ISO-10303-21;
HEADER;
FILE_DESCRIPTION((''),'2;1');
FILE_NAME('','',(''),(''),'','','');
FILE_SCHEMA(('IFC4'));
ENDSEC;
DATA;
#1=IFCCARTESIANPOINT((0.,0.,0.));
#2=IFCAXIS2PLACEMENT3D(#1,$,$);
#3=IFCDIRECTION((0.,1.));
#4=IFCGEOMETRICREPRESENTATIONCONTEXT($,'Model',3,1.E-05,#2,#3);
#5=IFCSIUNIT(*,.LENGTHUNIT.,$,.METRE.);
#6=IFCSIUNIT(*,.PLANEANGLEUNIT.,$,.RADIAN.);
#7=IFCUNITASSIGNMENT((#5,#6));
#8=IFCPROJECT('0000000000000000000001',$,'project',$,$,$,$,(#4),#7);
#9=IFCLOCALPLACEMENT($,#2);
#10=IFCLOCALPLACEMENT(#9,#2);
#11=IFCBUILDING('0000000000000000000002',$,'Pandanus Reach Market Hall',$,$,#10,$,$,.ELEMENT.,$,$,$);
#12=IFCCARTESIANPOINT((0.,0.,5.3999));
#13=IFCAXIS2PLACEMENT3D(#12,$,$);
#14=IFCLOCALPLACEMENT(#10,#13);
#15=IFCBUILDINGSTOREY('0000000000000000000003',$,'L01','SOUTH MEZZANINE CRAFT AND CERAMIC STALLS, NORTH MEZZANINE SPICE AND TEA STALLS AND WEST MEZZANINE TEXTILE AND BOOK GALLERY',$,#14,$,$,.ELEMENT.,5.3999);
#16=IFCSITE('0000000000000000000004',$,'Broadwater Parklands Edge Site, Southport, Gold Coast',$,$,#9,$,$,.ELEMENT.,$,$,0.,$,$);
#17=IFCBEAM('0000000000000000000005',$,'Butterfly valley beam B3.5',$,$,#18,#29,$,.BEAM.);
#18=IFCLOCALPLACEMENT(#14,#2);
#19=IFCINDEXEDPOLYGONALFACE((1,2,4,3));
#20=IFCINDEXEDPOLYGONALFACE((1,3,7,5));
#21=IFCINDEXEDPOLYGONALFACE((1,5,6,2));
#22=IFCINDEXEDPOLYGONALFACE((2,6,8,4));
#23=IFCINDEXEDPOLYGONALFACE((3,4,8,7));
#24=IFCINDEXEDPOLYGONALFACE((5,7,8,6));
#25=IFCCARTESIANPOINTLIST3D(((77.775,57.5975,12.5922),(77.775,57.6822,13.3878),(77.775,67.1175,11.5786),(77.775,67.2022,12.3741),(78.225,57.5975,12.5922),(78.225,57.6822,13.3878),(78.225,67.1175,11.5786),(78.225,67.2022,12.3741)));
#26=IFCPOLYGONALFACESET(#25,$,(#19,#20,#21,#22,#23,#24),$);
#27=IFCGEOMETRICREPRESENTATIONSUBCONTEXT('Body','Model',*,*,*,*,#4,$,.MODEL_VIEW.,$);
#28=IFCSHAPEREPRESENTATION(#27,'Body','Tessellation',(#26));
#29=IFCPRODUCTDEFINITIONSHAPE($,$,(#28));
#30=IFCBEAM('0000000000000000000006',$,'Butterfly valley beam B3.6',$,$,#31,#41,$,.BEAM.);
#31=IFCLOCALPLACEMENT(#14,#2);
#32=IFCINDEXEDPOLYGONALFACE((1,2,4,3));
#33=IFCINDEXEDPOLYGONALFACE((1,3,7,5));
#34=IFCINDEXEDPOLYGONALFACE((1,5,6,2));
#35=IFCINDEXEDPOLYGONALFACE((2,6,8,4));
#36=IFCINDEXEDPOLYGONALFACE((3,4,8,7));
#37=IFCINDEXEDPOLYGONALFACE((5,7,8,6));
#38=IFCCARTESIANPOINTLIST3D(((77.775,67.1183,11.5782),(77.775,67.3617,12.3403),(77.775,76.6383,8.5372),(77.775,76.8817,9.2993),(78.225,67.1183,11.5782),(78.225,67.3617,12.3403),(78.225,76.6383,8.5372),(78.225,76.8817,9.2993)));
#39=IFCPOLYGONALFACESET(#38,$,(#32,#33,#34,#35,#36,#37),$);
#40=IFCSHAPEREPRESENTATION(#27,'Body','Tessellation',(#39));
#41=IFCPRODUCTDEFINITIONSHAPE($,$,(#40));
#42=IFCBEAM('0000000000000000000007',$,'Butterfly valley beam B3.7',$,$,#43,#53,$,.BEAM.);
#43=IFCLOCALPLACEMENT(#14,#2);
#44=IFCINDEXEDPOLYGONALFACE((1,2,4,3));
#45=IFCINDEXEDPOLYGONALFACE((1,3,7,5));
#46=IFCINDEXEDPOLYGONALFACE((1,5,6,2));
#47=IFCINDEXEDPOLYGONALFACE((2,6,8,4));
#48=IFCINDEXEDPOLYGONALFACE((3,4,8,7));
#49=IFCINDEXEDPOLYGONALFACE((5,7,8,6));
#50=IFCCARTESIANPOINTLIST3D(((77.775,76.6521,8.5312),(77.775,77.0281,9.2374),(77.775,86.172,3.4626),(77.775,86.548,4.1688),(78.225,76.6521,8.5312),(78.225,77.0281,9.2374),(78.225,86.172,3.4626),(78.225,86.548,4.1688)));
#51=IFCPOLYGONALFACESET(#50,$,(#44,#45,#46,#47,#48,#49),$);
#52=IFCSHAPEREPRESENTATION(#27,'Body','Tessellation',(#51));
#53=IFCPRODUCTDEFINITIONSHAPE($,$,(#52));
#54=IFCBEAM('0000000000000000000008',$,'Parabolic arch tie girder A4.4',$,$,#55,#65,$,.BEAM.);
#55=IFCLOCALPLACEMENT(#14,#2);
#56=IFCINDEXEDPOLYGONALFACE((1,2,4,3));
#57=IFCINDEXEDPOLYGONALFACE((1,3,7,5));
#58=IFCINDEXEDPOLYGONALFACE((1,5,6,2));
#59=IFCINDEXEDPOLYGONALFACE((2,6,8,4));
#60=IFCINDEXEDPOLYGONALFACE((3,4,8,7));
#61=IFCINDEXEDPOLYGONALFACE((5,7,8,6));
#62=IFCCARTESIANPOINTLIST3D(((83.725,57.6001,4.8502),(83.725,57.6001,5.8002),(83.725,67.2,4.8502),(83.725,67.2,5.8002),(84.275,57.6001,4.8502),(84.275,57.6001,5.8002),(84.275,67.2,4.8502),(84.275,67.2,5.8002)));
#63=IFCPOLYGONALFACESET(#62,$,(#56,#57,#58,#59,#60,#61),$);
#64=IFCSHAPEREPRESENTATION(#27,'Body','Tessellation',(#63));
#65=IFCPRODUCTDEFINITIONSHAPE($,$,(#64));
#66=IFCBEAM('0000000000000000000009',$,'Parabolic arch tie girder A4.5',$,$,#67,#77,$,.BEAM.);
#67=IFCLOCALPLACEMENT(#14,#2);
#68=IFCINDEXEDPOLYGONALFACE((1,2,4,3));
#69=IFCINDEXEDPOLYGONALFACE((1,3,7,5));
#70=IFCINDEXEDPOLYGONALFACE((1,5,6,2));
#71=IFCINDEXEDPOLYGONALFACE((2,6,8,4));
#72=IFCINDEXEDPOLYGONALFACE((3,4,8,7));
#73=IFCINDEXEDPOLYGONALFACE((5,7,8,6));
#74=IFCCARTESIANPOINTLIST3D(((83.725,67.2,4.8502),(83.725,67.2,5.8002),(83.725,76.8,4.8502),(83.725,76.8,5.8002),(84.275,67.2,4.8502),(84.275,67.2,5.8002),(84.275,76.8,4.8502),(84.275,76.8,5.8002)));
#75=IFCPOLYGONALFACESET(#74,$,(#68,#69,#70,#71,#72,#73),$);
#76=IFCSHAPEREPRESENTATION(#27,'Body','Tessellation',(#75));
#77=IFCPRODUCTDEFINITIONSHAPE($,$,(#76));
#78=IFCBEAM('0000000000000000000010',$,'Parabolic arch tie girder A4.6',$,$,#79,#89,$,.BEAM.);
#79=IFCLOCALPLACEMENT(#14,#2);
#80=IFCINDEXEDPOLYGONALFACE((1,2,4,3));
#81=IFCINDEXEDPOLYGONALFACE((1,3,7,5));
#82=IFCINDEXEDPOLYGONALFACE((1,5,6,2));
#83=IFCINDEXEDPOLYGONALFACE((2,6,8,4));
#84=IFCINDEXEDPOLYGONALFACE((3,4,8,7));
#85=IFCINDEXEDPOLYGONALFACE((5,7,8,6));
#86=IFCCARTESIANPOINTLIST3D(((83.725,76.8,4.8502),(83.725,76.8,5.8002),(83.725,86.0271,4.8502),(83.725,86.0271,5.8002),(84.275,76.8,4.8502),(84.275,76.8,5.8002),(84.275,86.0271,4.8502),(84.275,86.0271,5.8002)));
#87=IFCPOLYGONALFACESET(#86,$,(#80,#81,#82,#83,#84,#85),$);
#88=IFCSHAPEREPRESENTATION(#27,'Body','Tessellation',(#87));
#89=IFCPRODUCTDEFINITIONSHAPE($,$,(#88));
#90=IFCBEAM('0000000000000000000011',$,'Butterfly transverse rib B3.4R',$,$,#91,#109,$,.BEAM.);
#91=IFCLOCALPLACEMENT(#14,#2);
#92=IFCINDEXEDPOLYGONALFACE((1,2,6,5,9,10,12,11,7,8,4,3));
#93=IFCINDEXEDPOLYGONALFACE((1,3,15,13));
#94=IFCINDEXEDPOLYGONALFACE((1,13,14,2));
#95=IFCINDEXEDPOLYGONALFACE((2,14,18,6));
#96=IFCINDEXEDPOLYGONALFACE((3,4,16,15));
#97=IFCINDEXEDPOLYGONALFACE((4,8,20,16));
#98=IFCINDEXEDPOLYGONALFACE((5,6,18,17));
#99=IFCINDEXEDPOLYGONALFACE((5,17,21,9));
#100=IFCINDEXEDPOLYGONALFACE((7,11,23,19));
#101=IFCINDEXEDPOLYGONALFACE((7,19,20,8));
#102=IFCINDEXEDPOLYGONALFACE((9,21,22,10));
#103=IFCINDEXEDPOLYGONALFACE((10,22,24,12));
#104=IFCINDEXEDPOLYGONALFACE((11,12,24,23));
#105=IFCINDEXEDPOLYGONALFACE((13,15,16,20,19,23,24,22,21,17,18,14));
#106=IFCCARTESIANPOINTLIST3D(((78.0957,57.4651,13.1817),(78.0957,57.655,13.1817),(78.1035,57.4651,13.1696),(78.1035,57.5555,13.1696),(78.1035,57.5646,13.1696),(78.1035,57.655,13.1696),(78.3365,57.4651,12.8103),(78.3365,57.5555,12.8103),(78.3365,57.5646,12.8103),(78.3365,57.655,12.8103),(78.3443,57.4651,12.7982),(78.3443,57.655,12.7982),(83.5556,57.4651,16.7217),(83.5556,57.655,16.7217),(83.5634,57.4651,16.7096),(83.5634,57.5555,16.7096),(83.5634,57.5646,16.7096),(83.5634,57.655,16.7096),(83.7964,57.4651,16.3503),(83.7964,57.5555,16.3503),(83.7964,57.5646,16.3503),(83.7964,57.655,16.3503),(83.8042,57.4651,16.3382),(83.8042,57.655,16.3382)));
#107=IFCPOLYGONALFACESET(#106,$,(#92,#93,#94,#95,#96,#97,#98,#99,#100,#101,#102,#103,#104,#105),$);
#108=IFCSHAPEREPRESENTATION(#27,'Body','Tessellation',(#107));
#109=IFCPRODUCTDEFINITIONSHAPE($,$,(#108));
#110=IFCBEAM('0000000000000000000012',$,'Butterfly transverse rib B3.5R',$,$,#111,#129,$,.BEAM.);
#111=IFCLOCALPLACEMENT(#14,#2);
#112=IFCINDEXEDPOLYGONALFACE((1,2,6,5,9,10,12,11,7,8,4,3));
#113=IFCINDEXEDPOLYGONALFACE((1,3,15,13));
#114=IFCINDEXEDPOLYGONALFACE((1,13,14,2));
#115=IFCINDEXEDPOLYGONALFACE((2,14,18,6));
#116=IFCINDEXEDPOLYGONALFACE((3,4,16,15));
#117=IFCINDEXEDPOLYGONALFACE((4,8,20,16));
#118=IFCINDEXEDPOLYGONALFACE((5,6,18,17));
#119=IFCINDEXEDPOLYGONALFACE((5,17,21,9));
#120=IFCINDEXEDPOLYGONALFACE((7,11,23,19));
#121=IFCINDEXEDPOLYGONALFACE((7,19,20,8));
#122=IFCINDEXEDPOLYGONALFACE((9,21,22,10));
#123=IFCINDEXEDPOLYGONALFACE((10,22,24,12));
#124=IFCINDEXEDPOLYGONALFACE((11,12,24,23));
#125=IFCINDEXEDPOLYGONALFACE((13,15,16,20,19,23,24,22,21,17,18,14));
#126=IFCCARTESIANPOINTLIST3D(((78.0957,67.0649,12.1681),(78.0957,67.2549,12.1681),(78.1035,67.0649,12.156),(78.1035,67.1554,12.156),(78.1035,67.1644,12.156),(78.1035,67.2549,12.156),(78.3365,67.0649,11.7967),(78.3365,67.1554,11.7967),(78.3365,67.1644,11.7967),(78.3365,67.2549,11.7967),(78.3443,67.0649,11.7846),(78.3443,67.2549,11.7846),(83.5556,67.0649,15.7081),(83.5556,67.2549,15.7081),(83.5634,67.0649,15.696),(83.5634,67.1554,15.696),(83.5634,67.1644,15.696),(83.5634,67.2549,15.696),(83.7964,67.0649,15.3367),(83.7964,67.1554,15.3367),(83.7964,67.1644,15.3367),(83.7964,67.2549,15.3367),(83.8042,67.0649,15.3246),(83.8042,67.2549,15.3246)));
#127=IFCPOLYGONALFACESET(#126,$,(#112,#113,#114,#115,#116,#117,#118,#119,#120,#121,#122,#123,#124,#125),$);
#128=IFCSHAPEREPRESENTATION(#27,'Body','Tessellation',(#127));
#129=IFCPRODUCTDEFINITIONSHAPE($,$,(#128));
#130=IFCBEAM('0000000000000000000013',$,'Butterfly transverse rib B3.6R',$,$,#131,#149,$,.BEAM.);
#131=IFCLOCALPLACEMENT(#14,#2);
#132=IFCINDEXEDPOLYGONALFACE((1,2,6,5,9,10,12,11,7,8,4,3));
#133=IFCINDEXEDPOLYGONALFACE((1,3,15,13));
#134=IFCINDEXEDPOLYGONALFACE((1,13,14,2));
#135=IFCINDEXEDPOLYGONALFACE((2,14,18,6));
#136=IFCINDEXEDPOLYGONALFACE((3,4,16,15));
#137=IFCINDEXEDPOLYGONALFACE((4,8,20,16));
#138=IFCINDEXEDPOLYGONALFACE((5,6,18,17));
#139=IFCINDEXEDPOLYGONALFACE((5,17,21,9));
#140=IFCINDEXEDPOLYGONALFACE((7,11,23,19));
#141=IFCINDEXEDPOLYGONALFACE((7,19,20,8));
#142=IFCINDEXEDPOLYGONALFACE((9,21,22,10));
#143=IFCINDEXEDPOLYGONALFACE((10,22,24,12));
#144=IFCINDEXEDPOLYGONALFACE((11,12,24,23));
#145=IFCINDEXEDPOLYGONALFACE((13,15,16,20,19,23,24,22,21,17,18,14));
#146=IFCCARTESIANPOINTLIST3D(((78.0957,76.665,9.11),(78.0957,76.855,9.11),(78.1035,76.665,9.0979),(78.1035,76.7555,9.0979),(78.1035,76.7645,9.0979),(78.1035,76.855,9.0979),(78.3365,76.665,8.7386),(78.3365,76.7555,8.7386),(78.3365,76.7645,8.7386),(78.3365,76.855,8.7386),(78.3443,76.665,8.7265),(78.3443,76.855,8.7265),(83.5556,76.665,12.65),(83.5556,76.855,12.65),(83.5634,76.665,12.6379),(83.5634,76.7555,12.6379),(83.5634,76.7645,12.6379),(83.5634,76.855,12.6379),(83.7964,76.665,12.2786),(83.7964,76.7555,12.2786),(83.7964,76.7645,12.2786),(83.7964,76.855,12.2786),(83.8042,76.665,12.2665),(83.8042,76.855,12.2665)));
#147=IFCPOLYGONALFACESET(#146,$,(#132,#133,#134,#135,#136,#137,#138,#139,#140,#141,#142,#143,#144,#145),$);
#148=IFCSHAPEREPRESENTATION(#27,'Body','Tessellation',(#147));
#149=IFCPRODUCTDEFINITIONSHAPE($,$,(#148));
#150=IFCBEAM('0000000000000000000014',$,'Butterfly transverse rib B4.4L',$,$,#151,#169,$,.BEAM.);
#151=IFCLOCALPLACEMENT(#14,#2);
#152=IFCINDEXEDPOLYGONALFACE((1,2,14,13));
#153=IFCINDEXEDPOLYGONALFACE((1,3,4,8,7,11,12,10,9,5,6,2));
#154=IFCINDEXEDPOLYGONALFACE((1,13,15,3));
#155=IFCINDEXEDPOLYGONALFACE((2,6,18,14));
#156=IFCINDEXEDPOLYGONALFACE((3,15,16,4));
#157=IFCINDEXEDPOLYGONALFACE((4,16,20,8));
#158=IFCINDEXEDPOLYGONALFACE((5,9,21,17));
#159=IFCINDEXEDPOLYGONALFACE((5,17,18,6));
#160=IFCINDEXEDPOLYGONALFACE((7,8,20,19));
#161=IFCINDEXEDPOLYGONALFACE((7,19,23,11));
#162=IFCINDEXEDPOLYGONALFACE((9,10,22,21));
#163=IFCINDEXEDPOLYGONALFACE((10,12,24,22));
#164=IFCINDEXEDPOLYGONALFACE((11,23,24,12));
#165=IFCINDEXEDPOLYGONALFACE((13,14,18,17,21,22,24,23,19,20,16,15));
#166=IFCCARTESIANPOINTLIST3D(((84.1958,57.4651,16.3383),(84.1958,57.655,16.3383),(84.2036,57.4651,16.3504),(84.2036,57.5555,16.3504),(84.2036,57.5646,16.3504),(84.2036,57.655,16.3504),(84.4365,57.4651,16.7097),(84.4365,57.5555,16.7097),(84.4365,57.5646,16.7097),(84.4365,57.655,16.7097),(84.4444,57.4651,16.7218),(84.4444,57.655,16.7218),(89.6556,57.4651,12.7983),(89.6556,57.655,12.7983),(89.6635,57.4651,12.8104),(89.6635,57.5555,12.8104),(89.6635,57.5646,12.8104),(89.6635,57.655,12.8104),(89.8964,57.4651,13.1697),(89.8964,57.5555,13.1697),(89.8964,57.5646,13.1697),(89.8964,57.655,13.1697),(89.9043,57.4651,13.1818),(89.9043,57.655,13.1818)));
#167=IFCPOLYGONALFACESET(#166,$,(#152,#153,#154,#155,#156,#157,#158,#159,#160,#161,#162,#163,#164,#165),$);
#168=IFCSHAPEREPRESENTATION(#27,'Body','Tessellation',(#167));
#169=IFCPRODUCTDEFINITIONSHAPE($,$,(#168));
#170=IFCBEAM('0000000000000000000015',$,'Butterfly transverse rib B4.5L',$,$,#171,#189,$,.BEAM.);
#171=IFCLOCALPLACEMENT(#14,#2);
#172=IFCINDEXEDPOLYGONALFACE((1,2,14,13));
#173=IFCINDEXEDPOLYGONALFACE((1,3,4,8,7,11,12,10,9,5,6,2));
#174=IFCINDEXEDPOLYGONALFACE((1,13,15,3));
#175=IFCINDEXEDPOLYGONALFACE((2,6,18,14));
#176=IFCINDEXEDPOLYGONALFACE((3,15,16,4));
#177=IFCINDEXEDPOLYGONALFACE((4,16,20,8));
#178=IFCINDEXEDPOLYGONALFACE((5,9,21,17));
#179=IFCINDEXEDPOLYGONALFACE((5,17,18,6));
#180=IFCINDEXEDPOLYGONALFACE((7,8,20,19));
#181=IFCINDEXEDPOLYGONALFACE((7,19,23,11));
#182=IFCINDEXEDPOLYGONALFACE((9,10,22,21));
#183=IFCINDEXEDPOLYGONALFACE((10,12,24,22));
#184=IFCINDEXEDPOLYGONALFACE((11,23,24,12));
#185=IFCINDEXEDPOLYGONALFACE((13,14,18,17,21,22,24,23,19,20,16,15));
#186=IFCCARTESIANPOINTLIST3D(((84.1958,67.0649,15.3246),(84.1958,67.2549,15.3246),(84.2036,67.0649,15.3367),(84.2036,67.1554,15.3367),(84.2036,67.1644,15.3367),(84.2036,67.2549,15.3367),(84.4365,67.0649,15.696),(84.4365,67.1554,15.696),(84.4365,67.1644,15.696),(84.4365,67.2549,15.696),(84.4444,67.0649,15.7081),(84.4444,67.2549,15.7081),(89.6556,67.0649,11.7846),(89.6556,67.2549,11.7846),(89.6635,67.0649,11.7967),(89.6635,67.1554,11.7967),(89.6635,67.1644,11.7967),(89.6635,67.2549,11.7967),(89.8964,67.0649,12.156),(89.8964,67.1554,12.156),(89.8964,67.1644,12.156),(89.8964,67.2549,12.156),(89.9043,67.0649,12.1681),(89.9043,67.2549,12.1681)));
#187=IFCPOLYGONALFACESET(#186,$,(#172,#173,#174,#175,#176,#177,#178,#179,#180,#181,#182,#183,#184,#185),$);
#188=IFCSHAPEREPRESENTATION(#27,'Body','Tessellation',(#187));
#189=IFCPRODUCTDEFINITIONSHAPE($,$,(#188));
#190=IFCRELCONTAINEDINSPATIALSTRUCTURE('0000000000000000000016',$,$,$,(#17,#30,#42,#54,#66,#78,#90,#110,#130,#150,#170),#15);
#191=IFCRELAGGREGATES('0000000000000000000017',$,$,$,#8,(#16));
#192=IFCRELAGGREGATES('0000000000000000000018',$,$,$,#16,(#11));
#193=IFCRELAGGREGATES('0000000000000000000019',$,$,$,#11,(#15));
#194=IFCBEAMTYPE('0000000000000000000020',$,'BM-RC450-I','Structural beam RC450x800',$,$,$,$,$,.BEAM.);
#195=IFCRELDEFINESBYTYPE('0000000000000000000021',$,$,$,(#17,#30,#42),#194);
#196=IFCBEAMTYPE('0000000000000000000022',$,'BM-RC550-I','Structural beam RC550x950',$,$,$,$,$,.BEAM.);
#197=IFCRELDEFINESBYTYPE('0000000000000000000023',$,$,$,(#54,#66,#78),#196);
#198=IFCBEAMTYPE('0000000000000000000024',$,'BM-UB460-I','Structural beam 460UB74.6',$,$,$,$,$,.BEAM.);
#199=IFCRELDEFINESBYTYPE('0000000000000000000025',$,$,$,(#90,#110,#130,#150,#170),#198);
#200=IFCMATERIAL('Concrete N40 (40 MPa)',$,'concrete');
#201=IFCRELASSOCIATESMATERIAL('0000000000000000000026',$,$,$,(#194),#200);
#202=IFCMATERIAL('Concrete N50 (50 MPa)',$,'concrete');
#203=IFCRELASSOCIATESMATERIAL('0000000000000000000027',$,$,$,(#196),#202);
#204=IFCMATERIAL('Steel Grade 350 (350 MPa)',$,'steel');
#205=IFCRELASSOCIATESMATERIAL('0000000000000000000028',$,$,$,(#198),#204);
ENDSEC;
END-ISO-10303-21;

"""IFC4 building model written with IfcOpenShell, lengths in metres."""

from ifc_helpers import new_model, si_unit, direction, frame, origin, origin_2d, place, context, subcontext, project, spatial, rectangle, i_section, extrude, material, material_profile, profile_set, type_object, element, save


model = new_model("IFC4")

# Units and contexts
model_context = context("Model", 3, precision=1e-05, world=origin(), true_north=direction((0.0, 1.0)))
body_context = subcontext(model_context, "Body", "Model", "MODEL_VIEW")
ifc_project = project(units=[si_unit("LENGTHUNIT", "METRE"), si_unit("PLANEANGLEUNIT", "RADIAN")], contexts=[model_context])

# Site, building, storey
site_placement = place(None, origin())
site = spatial("IfcSite", under=ifc_project, at=site_placement, Name="Broadwater Parklands Edge Site, Southport, Gold Coast", CompositionType="ELEMENT", RefElevation=0.0)
building_placement = place(site_placement, origin())
building = spatial("IfcBuilding", under=site, at=building_placement, Name="Pandanus Reach Market Hall", CompositionType="ELEMENT")
storey_placement = place(building_placement, frame((0.0, 0.0, 5.3999)))
storey = spatial("IfcBuildingStorey", under=building, at=storey_placement, Name="L01", Description="SOUTH MEZZANINE CRAFT AND CERAMIC STALLS, NORTH MEZZANINE SPICE AND TEA STALLS AND WEST MEZZANINE TEXTILE AND BOOK GALLERY", CompositionType="ELEMENT", Elevation=5.3999)

# Shared definitions
ifc_material_1 = material(Name="Concrete N50 (50 MPa)", Category="concrete")

# Beams
ifc_material_2 = material(Name="Concrete N40 (40 MPa)", Category="concrete")
ifc_material_profile_1 = material_profile(ifc_material_2, rectangle(XDim=0.45, YDim=0.8, at=origin_2d()), Name="RC450x800", Category="LoadBearing")
ifc_profile_set_1 = profile_set([ifc_material_profile_1], Name="Concrete N40 (40 MPa)")
beam_type_1 = type_object("IfcBeamType", Name="BM-RC450-I", Description="Structural beam RC450x800", PredefinedType="BEAM", material=ifc_profile_set_1)
beam_1_placement = place(storey_placement, frame((78.0, 57.6399, 12.99), z_axis=(0.0, 0.994379, -0.105879), x_axis=(-1.0, 0.0, 0.0)))
element("IfcBeam", 1, at=beam_1_placement, inside=storey, type_object=beam_type_1, Name="Butterfly valley beam B3.5", PredefinedType="BEAM", context=body_context, shape_type="SweptSolid", body=[
    extrude(rectangle(XDim=0.45, YDim=0.8, at=origin_2d()), origin(), (0.0, 0.0, 1.0), 9.5737),
])
beam_2_placement = place(storey_placement, frame((78.0, 67.24, 11.9592), z_axis=(0.0, 0.952581, -0.304286), x_axis=(-1.0, 0.0, 0.0)))
element("IfcBeam", 2, at=beam_2_placement, inside=storey, type_object=beam_type_1, Name="Butterfly valley beam B3.6", PredefinedType="BEAM", context=body_context, shape_type="SweptSolid", body=[
    extrude(rectangle(XDim=0.45, YDim=0.8, at=origin_2d()), origin(), (0.0, 0.0, 1.0), 9.9939),
])
beam_3_placement = place(storey_placement, frame((78.0, 76.8401, 8.8843), z_axis=(0.0, 0.882689, -0.469957), x_axis=(-1.0, 0.0, 0.0)))
element("IfcBeam", 3, at=beam_3_placement, inside=storey, type_object=beam_type_1, Name="Butterfly valley beam B3.7", PredefinedType="BEAM", context=body_context, shape_type="SweptSolid", body=[
    extrude(rectangle(XDim=0.45, YDim=0.8, at=origin_2d()), origin(), (0.0, 0.0, 1.0), 10.7852),
])
ifc_material_profile_2 = material_profile(ifc_material_1, rectangle(XDim=0.55, YDim=0.95, at=origin_2d()), Name="RC550x950", Category="LoadBearing")
ifc_profile_set_2 = profile_set([ifc_material_profile_2], Name="Concrete N50 (50 MPa)")
beam_type_2 = type_object("IfcBeamType", Name="BM-RC550-I", Description="Structural beam RC550x950", PredefinedType="BEAM", material=ifc_profile_set_2)
beam_4_placement = place(storey_placement, frame((84.0, 57.6001, 5.3252), z_axis=(0.0, 1.0, 0.0), x_axis=(-1.0, 0.0, 0.0)))
element("IfcBeam", 4, at=beam_4_placement, inside=storey, type_object=beam_type_2, Name="Parabolic arch tie girder A4.4", PredefinedType="BEAM", context=body_context, shape_type="SweptSolid", body=[
    extrude(rectangle(XDim=0.55, YDim=0.95, at=origin_2d()), origin(), (0.0, 0.0, 1.0), 9.5999),
])
beam_5_placement = place(storey_placement, frame((84.0, 67.2, 5.3252), z_axis=(0.0, 1.0, 0.0), x_axis=(-1.0, 0.0, 0.0)))
element("IfcBeam", 5, at=beam_5_placement, inside=storey, type_object=beam_type_2, Name="Parabolic arch tie girder A4.5", PredefinedType="BEAM", context=body_context, shape_type="SweptSolid", body=[
    extrude(rectangle(XDim=0.55, YDim=0.95, at=origin_2d()), origin(), (0.0, 0.0, 1.0), 9.6001),
])
beam_6_placement = place(storey_placement, frame((84.0, 76.8, 5.3252), z_axis=(0.0, 1.0, 0.0), x_axis=(-1.0, 0.0, 0.0)))
element("IfcBeam", 6, at=beam_6_placement, inside=storey, type_object=beam_type_2, Name="Parabolic arch tie girder A4.6", PredefinedType="BEAM", context=body_context, shape_type="SweptSolid", body=[
    extrude(rectangle(XDim=0.55, YDim=0.95, at=origin_2d()), origin(), (0.0, 0.0, 1.0), 9.2271),
])
ifc_material_3 = material(Name="Steel Grade 350 (350 MPa)", Category="steel")
ifc_material_profile_3 = material_profile(ifc_material_3, i_section(OverallWidth=0.1899, OverallDepth=0.457, WebThickness=0.009, FlangeThickness=0.0144, at=origin_2d()), Name="460UB74.6", Category="LoadBearing")
ifc_profile_set_3 = profile_set([ifc_material_profile_3], Name="Steel Grade 350 (350 MPa)")
beam_type_3 = type_object("IfcBeamType", Name="BM-UB460-I", Description="Structural beam 460UB74.6", PredefinedType="BEAM", material=ifc_profile_set_3)
for number, where, z_axis, x_axis, name in (
    (7, (78.22, 57.5601, 12.99), (0.839071, 0.0, 0.544023), (0.0, 1.0, 0.0), "Butterfly transverse rib B3.4R"),
    (8, (78.22, 67.1599, 11.9763), (0.839071, 0.0, 0.544023), (0.0, 1.0, 0.0), "Butterfly transverse rib B3.5R"),
    (9, (78.22, 76.76, 8.9182), (0.839071, 0.0, 0.544023), (0.0, 1.0, 0.0), "Butterfly transverse rib B3.6R"),
    (10, (84.3201, 57.5601, 16.53), (0.839071, 0.0, -0.544023), (0.0, 1.0, 0.0), "Butterfly transverse rib B4.4L"),
    (11, (84.3201, 67.1599, 15.5164), (0.839071, 0.0, -0.544023), (0.0, 1.0, 0.0), "Butterfly transverse rib B4.5L"),
):
    element("IfcBeam", number, at=place(storey_placement, frame(where, z_axis=z_axis, x_axis=x_axis)), inside=storey, type_object=beam_type_3, Name=name, PredefinedType="BEAM", context=body_context, shape_type="SweptSolid", body=[
        extrude(i_section(OverallWidth=0.1899, OverallDepth=0.457, WebThickness=0.009, FlangeThickness=0.0144, at=origin_2d()), origin(), (0.0, 0.0, 1.0), 6.5071),
    ])

save(model, "model.ifc")
